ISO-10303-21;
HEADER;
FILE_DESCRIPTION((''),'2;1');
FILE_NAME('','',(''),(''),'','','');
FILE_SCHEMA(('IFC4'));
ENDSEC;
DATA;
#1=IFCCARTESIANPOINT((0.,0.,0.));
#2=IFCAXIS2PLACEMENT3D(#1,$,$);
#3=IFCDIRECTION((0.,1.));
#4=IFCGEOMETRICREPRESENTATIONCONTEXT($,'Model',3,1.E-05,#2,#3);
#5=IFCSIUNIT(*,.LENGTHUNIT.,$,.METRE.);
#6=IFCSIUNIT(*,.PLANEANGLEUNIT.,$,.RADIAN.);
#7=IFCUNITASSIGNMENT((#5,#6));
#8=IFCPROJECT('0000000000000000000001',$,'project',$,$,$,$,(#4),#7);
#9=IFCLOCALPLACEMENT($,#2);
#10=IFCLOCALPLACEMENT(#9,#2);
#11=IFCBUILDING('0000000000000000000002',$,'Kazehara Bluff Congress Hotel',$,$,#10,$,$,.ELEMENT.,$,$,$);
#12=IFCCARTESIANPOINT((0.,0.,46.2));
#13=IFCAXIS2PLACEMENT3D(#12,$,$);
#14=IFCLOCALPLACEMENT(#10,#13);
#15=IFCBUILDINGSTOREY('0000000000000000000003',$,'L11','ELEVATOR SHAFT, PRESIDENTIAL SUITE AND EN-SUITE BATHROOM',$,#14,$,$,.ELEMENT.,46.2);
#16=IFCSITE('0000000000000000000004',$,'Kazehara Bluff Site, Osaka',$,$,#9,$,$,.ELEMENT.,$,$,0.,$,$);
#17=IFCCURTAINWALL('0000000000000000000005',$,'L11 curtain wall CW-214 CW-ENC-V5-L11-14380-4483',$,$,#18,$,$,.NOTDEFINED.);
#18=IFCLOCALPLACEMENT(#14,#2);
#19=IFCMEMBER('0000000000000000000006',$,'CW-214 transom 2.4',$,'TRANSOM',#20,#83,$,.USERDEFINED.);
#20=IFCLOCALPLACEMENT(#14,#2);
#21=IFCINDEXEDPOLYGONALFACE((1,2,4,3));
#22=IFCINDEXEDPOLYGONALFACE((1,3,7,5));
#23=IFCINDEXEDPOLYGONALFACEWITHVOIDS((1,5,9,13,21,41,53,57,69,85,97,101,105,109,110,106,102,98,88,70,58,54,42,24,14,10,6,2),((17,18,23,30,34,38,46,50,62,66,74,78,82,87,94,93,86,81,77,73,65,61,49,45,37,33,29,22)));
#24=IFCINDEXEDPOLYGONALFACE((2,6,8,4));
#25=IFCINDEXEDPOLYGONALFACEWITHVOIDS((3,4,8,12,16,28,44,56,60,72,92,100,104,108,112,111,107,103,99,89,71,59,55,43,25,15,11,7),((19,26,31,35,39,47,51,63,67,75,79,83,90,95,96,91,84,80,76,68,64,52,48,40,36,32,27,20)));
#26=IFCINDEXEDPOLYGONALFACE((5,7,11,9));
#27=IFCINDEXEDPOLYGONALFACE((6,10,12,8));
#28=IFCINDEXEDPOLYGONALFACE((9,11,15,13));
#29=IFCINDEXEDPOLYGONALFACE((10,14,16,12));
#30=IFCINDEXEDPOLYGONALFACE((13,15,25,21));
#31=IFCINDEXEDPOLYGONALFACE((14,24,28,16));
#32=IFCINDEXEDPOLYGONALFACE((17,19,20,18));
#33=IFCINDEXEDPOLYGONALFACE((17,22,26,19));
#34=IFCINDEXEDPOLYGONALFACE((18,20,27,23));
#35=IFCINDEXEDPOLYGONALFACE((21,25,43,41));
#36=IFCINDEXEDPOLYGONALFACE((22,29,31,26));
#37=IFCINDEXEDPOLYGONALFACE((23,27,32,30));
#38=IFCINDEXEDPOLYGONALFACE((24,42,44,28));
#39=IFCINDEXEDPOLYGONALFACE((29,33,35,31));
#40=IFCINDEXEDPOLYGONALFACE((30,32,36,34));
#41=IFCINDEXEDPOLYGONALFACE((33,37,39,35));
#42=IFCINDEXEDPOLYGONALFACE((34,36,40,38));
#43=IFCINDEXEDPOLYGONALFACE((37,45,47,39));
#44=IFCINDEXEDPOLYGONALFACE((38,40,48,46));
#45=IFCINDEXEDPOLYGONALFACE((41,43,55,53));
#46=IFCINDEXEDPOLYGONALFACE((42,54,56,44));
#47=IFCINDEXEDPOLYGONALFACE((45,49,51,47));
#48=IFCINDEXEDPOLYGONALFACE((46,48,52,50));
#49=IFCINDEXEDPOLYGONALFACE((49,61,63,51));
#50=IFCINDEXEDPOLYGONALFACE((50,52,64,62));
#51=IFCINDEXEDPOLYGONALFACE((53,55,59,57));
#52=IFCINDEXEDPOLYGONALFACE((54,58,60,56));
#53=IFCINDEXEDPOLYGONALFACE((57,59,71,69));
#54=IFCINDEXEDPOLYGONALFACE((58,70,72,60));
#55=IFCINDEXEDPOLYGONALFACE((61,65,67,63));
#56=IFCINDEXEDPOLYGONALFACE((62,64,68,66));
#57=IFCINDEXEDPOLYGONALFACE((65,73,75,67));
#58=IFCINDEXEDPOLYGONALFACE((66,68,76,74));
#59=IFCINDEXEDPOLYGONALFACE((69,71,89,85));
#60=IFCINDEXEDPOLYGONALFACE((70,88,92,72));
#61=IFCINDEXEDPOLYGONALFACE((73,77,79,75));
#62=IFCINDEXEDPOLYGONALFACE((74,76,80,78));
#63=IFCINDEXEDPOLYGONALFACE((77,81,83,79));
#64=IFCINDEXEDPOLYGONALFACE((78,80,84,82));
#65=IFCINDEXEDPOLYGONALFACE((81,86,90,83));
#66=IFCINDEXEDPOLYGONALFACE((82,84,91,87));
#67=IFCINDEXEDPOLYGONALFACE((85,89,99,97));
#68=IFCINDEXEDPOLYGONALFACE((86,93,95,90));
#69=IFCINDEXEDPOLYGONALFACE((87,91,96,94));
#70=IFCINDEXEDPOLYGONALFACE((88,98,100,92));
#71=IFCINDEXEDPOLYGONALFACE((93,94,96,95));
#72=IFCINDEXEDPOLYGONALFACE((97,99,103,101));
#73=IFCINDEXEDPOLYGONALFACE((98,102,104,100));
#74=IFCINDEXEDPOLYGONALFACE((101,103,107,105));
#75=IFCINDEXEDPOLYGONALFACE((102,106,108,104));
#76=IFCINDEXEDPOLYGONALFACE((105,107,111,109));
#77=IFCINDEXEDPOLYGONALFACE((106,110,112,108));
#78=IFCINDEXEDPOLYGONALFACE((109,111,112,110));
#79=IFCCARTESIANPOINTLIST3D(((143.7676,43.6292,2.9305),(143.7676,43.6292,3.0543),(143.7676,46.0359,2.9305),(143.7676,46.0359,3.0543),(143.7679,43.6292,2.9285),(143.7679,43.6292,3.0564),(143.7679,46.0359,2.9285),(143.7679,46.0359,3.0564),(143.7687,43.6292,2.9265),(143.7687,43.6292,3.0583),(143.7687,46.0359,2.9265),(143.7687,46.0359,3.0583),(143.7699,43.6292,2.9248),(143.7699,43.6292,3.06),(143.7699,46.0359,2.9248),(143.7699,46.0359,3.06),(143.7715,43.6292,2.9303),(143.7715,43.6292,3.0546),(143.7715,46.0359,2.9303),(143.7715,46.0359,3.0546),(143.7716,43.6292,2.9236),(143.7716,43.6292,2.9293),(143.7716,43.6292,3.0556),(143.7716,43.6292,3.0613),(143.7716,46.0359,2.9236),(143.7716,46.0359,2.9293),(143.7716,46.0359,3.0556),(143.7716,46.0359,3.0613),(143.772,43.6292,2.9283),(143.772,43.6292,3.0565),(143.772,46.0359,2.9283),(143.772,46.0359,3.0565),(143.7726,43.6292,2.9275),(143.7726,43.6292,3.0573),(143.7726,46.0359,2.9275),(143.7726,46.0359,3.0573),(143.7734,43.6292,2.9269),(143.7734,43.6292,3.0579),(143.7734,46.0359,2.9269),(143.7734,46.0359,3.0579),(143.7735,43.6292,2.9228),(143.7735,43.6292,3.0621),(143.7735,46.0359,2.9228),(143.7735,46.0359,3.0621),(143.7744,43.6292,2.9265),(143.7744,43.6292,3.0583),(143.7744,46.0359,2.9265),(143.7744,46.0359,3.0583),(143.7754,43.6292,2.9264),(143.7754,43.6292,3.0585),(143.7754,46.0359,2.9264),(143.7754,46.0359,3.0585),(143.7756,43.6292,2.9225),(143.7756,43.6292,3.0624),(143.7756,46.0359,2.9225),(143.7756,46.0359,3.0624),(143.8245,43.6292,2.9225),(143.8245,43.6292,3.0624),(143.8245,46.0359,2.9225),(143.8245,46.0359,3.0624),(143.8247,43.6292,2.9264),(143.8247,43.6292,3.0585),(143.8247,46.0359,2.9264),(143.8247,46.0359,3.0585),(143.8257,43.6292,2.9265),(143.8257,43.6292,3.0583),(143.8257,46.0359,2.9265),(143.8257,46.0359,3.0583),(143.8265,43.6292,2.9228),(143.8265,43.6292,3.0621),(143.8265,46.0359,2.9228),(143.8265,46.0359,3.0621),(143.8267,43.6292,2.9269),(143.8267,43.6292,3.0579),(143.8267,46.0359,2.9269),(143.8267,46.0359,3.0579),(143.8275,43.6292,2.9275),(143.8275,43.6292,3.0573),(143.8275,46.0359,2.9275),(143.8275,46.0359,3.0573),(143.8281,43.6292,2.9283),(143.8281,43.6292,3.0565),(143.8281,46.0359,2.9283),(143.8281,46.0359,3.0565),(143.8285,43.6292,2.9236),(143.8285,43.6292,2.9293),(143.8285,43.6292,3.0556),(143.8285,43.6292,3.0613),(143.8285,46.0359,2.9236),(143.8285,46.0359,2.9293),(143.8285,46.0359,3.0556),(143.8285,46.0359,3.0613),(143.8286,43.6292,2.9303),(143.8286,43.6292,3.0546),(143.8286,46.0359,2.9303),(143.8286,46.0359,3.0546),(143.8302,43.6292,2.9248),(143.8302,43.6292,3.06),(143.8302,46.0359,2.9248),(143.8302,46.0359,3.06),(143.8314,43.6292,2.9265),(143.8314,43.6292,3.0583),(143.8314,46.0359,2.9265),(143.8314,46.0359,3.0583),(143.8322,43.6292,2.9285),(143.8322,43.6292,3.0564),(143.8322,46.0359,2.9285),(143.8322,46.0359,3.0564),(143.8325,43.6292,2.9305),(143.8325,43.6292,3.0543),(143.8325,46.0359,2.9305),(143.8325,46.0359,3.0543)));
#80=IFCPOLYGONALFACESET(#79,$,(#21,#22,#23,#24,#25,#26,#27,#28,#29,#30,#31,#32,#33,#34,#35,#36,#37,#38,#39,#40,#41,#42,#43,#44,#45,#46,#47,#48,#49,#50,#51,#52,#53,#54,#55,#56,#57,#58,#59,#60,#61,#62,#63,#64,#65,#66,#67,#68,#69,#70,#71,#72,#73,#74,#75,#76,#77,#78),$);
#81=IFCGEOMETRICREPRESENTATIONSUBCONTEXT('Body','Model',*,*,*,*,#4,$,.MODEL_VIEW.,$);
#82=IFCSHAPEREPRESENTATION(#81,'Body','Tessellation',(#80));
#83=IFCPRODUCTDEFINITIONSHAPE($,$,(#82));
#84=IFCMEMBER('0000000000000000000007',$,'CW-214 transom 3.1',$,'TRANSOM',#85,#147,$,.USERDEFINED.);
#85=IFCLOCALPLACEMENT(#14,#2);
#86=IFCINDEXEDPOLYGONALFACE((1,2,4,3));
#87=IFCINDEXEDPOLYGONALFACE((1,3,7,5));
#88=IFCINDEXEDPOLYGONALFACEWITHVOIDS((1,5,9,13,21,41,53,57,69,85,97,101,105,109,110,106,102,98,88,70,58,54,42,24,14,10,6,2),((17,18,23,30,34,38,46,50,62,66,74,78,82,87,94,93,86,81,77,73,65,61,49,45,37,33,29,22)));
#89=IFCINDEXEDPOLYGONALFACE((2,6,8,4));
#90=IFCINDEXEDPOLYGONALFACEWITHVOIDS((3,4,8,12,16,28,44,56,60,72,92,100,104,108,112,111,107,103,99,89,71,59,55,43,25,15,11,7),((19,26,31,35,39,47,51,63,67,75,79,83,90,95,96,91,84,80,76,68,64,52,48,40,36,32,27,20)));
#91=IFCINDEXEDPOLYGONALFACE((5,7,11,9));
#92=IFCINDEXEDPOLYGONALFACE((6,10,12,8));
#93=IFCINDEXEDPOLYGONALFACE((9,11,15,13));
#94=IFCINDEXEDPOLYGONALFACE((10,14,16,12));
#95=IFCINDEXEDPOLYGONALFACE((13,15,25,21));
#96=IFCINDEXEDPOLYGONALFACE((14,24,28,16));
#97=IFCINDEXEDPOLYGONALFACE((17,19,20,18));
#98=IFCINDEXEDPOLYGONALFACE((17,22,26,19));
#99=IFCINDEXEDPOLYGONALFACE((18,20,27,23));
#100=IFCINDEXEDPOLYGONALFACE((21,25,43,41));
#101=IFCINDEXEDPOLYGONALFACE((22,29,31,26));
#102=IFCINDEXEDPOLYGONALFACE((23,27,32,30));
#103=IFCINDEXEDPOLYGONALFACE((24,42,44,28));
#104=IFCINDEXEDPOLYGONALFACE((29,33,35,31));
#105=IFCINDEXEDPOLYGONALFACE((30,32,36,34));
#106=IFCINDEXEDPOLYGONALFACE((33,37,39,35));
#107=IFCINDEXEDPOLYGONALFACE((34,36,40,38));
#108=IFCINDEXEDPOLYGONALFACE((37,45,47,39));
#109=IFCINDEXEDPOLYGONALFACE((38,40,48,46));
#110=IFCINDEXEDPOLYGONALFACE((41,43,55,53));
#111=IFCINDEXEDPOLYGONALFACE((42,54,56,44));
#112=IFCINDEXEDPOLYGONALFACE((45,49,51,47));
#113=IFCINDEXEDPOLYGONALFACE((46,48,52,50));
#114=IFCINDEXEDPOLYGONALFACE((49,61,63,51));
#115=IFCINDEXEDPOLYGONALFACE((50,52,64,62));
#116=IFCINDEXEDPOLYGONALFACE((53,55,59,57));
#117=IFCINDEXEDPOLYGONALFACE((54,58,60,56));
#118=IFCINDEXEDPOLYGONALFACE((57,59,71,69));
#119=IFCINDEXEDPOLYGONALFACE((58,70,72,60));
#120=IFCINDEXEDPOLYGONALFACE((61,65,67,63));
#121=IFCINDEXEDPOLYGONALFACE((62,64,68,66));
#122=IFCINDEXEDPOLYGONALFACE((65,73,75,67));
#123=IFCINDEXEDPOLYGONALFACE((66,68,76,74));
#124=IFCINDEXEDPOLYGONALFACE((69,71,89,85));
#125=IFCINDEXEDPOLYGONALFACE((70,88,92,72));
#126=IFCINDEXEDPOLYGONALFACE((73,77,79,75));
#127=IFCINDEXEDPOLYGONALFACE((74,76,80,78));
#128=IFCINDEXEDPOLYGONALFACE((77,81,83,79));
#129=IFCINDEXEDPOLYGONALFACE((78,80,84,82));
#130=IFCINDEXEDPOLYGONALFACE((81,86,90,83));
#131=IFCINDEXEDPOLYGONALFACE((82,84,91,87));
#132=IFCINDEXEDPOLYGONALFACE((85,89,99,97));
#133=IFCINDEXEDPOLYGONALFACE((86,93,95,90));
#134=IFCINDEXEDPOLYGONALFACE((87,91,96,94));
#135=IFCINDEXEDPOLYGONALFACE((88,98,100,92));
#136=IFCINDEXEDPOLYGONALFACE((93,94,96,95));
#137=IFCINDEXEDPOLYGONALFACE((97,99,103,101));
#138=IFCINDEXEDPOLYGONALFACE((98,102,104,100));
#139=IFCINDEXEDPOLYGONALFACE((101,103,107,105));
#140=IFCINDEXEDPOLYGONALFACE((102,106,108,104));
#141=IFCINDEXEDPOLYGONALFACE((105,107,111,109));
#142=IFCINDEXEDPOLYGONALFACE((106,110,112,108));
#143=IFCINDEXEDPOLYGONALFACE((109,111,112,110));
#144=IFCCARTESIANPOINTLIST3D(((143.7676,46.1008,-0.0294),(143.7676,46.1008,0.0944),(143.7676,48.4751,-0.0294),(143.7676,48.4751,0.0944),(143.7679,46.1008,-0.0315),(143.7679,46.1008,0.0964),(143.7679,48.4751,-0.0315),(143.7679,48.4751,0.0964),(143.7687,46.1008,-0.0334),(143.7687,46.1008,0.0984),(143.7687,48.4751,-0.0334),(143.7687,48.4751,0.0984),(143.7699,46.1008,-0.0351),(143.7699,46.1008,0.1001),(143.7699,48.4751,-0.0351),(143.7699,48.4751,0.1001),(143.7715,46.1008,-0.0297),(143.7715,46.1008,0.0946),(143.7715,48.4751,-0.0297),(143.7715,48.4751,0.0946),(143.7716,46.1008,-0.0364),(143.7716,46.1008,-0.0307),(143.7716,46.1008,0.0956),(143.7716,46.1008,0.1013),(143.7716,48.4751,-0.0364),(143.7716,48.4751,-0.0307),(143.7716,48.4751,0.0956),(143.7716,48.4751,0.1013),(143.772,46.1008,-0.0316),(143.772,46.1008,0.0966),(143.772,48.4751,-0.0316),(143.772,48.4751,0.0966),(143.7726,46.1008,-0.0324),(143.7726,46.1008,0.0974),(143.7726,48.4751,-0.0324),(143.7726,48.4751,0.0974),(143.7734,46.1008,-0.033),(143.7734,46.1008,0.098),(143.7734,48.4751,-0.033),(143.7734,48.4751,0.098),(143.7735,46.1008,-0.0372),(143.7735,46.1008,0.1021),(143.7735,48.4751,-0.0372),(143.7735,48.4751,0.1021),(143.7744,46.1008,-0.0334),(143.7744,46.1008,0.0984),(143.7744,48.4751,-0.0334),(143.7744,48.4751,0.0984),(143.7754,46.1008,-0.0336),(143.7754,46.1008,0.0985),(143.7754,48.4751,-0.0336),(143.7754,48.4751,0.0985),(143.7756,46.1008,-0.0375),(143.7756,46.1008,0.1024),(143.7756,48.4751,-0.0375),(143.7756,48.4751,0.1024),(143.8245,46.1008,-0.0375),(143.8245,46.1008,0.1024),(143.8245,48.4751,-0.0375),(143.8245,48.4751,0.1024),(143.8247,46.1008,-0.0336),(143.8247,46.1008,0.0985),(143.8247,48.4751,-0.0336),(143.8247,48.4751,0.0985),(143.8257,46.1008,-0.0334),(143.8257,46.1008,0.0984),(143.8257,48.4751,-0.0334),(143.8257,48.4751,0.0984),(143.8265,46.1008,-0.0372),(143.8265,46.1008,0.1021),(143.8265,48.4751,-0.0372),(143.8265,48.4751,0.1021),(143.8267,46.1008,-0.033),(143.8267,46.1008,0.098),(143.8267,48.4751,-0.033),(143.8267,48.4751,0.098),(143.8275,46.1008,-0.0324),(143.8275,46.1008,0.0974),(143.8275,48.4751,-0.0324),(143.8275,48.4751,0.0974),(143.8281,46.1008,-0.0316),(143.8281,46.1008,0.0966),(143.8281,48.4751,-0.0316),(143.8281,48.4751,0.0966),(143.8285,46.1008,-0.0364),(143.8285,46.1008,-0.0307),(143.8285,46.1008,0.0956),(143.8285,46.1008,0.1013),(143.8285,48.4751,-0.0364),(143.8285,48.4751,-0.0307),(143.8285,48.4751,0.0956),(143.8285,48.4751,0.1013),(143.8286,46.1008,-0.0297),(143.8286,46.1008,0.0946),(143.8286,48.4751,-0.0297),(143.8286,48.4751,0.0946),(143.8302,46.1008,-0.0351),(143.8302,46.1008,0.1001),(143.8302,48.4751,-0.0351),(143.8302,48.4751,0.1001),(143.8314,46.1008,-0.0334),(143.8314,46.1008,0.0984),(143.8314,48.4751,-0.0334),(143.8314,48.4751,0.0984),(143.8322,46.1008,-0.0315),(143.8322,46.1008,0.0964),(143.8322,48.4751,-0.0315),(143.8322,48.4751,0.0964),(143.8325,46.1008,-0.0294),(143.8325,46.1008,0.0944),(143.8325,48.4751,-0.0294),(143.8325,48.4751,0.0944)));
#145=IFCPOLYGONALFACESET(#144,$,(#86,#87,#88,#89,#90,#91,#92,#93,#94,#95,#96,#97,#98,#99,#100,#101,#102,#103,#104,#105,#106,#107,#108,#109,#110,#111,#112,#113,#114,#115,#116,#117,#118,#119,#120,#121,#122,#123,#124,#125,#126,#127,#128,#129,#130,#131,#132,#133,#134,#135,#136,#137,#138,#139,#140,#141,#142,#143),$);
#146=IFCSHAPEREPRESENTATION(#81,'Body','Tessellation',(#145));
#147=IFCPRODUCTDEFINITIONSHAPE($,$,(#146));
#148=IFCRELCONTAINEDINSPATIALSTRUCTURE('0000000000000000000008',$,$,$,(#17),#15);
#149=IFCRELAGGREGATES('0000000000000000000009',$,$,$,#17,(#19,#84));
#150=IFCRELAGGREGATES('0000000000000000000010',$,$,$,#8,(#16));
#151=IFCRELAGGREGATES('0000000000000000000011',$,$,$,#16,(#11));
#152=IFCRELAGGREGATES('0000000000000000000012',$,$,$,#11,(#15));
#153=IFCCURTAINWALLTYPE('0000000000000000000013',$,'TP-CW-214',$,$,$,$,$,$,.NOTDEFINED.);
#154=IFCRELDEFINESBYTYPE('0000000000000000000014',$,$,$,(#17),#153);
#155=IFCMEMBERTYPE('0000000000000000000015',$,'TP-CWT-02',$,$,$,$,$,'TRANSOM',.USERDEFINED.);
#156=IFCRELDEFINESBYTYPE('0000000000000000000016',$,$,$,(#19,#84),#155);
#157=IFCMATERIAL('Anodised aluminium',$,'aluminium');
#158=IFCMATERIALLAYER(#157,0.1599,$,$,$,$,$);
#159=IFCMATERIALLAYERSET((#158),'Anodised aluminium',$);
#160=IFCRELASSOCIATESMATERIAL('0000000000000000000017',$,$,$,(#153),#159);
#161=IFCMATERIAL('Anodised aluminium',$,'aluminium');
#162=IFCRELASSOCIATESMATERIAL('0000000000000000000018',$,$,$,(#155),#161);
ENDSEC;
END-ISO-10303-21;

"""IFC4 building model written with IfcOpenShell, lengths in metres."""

from ifc_helpers import new_model, si_unit, direction, frame, origin, origin_2d, place, context, subcontext, project, spatial, hollow_rectangle, extrude, material, layer, layer_set, material_profile, profile_set, type_object, element, aggregate, save


model = new_model("IFC4")

# Units and contexts
model_context = context("Model", 3, precision=1e-05, world=origin(), true_north=direction((0.0, 1.0)))
body_context = subcontext(model_context, "Body", "Model", "MODEL_VIEW")
ifc_project = project(units=[si_unit("LENGTHUNIT", "METRE"), si_unit("PLANEANGLEUNIT", "RADIAN")], contexts=[model_context])

# Site, building, storey
site_placement = place(None, origin())
site = spatial("IfcSite", under=ifc_project, at=site_placement, Name="Kazehara Bluff Site, Osaka", CompositionType="ELEMENT", RefElevation=0.0)
building_placement = place(site_placement, origin())
building = spatial("IfcBuilding", under=site, at=building_placement, Name="Kazehara Bluff Congress Hotel", CompositionType="ELEMENT")
storey_placement = place(building_placement, frame((0.0, 0.0, 46.2)))
storey = spatial("IfcBuildingStorey", under=building, at=storey_placement, Name="L11", Description="ELEVATOR SHAFT, PRESIDENTIAL SUITE AND EN-SUITE BATHROOM", CompositionType="ELEMENT", Elevation=46.2)

# Curtain wall, members
ifc_material_1 = material(Name="Anodised aluminium", Category="aluminium")
ifc_layer_1 = layer(ifc_material_1, 0.1599)
ifc_layer_set_1 = layer_set([ifc_layer_1], Name="Anodised aluminium")
curtain_wall_type_1 = type_object("IfcCurtainWallType", Name="TP-CW-214", PredefinedType="NOTDEFINED", material=ifc_layer_set_1)
curtain_wall_1_placement = place(storey_placement, origin())
curtain_wall_1 = element("IfcCurtainWall", 1, at=curtain_wall_1_placement, inside=storey, type_object=curtain_wall_type_1, Name="L11 curtain wall CW-214 CW-ENC-V5-L11-14380-4483", PredefinedType="NOTDEFINED")
ifc_material_2 = material(Name="Anodised aluminium", Category="aluminium")
ifc_material_profile_1 = material_profile(ifc_material_2, hollow_rectangle(XDim=0.0649, YDim=0.1399, WallThickness=0.0039, InnerFilletRadius=0.0039, OuterFilletRadius=0.0081, at=origin_2d()))
ifc_profile_set_1 = profile_set([ifc_material_profile_1], Name="Anodised aluminium")
member_type_1 = type_object("IfcMemberType", Name="TP-CWT-02", ElementType="TRANSOM", PredefinedType="USERDEFINED", material=ifc_profile_set_1)
member_1_placement = place(storey_placement, frame((143.8, 43.6292, 2.9924), z_axis=(0.0, 1.0, 0.0), x_axis=(-1.0, 0.0, 0.0)))
member_1 = element("IfcMember", 2, at=member_1_placement, type_object=member_type_1, Name="CW-214 transom 2.4", ObjectType="TRANSOM", PredefinedType="USERDEFINED", context=body_context, shape_type="SweptSolid", body=[
    extrude(hollow_rectangle(XDim=0.0649, YDim=0.1399, WallThickness=0.0039, InnerFilletRadius=0.0039, OuterFilletRadius=0.0081, at=origin_2d()), origin(), (0.0, 0.0, 1.0), 2.4067),
])
member_2_placement = place(storey_placement, frame((143.8, 46.1008, 0.0325), z_axis=(0.0, 1.0, 0.0), x_axis=(-1.0, 0.0, 0.0)))
member_2 = element("IfcMember", 3, at=member_2_placement, type_object=member_type_1, Name="CW-214 transom 3.1", ObjectType="TRANSOM", PredefinedType="USERDEFINED", context=body_context, shape_type="SweptSolid", body=[
    extrude(hollow_rectangle(XDim=0.0649, YDim=0.1399, WallThickness=0.0039, InnerFilletRadius=0.0039, OuterFilletRadius=0.0081, at=origin_2d()), origin(), (0.0, 0.0, 1.0), 2.3743),
])

aggregate(curtain_wall_1, [member_1, member_2])

save(model, "model.ifc")
